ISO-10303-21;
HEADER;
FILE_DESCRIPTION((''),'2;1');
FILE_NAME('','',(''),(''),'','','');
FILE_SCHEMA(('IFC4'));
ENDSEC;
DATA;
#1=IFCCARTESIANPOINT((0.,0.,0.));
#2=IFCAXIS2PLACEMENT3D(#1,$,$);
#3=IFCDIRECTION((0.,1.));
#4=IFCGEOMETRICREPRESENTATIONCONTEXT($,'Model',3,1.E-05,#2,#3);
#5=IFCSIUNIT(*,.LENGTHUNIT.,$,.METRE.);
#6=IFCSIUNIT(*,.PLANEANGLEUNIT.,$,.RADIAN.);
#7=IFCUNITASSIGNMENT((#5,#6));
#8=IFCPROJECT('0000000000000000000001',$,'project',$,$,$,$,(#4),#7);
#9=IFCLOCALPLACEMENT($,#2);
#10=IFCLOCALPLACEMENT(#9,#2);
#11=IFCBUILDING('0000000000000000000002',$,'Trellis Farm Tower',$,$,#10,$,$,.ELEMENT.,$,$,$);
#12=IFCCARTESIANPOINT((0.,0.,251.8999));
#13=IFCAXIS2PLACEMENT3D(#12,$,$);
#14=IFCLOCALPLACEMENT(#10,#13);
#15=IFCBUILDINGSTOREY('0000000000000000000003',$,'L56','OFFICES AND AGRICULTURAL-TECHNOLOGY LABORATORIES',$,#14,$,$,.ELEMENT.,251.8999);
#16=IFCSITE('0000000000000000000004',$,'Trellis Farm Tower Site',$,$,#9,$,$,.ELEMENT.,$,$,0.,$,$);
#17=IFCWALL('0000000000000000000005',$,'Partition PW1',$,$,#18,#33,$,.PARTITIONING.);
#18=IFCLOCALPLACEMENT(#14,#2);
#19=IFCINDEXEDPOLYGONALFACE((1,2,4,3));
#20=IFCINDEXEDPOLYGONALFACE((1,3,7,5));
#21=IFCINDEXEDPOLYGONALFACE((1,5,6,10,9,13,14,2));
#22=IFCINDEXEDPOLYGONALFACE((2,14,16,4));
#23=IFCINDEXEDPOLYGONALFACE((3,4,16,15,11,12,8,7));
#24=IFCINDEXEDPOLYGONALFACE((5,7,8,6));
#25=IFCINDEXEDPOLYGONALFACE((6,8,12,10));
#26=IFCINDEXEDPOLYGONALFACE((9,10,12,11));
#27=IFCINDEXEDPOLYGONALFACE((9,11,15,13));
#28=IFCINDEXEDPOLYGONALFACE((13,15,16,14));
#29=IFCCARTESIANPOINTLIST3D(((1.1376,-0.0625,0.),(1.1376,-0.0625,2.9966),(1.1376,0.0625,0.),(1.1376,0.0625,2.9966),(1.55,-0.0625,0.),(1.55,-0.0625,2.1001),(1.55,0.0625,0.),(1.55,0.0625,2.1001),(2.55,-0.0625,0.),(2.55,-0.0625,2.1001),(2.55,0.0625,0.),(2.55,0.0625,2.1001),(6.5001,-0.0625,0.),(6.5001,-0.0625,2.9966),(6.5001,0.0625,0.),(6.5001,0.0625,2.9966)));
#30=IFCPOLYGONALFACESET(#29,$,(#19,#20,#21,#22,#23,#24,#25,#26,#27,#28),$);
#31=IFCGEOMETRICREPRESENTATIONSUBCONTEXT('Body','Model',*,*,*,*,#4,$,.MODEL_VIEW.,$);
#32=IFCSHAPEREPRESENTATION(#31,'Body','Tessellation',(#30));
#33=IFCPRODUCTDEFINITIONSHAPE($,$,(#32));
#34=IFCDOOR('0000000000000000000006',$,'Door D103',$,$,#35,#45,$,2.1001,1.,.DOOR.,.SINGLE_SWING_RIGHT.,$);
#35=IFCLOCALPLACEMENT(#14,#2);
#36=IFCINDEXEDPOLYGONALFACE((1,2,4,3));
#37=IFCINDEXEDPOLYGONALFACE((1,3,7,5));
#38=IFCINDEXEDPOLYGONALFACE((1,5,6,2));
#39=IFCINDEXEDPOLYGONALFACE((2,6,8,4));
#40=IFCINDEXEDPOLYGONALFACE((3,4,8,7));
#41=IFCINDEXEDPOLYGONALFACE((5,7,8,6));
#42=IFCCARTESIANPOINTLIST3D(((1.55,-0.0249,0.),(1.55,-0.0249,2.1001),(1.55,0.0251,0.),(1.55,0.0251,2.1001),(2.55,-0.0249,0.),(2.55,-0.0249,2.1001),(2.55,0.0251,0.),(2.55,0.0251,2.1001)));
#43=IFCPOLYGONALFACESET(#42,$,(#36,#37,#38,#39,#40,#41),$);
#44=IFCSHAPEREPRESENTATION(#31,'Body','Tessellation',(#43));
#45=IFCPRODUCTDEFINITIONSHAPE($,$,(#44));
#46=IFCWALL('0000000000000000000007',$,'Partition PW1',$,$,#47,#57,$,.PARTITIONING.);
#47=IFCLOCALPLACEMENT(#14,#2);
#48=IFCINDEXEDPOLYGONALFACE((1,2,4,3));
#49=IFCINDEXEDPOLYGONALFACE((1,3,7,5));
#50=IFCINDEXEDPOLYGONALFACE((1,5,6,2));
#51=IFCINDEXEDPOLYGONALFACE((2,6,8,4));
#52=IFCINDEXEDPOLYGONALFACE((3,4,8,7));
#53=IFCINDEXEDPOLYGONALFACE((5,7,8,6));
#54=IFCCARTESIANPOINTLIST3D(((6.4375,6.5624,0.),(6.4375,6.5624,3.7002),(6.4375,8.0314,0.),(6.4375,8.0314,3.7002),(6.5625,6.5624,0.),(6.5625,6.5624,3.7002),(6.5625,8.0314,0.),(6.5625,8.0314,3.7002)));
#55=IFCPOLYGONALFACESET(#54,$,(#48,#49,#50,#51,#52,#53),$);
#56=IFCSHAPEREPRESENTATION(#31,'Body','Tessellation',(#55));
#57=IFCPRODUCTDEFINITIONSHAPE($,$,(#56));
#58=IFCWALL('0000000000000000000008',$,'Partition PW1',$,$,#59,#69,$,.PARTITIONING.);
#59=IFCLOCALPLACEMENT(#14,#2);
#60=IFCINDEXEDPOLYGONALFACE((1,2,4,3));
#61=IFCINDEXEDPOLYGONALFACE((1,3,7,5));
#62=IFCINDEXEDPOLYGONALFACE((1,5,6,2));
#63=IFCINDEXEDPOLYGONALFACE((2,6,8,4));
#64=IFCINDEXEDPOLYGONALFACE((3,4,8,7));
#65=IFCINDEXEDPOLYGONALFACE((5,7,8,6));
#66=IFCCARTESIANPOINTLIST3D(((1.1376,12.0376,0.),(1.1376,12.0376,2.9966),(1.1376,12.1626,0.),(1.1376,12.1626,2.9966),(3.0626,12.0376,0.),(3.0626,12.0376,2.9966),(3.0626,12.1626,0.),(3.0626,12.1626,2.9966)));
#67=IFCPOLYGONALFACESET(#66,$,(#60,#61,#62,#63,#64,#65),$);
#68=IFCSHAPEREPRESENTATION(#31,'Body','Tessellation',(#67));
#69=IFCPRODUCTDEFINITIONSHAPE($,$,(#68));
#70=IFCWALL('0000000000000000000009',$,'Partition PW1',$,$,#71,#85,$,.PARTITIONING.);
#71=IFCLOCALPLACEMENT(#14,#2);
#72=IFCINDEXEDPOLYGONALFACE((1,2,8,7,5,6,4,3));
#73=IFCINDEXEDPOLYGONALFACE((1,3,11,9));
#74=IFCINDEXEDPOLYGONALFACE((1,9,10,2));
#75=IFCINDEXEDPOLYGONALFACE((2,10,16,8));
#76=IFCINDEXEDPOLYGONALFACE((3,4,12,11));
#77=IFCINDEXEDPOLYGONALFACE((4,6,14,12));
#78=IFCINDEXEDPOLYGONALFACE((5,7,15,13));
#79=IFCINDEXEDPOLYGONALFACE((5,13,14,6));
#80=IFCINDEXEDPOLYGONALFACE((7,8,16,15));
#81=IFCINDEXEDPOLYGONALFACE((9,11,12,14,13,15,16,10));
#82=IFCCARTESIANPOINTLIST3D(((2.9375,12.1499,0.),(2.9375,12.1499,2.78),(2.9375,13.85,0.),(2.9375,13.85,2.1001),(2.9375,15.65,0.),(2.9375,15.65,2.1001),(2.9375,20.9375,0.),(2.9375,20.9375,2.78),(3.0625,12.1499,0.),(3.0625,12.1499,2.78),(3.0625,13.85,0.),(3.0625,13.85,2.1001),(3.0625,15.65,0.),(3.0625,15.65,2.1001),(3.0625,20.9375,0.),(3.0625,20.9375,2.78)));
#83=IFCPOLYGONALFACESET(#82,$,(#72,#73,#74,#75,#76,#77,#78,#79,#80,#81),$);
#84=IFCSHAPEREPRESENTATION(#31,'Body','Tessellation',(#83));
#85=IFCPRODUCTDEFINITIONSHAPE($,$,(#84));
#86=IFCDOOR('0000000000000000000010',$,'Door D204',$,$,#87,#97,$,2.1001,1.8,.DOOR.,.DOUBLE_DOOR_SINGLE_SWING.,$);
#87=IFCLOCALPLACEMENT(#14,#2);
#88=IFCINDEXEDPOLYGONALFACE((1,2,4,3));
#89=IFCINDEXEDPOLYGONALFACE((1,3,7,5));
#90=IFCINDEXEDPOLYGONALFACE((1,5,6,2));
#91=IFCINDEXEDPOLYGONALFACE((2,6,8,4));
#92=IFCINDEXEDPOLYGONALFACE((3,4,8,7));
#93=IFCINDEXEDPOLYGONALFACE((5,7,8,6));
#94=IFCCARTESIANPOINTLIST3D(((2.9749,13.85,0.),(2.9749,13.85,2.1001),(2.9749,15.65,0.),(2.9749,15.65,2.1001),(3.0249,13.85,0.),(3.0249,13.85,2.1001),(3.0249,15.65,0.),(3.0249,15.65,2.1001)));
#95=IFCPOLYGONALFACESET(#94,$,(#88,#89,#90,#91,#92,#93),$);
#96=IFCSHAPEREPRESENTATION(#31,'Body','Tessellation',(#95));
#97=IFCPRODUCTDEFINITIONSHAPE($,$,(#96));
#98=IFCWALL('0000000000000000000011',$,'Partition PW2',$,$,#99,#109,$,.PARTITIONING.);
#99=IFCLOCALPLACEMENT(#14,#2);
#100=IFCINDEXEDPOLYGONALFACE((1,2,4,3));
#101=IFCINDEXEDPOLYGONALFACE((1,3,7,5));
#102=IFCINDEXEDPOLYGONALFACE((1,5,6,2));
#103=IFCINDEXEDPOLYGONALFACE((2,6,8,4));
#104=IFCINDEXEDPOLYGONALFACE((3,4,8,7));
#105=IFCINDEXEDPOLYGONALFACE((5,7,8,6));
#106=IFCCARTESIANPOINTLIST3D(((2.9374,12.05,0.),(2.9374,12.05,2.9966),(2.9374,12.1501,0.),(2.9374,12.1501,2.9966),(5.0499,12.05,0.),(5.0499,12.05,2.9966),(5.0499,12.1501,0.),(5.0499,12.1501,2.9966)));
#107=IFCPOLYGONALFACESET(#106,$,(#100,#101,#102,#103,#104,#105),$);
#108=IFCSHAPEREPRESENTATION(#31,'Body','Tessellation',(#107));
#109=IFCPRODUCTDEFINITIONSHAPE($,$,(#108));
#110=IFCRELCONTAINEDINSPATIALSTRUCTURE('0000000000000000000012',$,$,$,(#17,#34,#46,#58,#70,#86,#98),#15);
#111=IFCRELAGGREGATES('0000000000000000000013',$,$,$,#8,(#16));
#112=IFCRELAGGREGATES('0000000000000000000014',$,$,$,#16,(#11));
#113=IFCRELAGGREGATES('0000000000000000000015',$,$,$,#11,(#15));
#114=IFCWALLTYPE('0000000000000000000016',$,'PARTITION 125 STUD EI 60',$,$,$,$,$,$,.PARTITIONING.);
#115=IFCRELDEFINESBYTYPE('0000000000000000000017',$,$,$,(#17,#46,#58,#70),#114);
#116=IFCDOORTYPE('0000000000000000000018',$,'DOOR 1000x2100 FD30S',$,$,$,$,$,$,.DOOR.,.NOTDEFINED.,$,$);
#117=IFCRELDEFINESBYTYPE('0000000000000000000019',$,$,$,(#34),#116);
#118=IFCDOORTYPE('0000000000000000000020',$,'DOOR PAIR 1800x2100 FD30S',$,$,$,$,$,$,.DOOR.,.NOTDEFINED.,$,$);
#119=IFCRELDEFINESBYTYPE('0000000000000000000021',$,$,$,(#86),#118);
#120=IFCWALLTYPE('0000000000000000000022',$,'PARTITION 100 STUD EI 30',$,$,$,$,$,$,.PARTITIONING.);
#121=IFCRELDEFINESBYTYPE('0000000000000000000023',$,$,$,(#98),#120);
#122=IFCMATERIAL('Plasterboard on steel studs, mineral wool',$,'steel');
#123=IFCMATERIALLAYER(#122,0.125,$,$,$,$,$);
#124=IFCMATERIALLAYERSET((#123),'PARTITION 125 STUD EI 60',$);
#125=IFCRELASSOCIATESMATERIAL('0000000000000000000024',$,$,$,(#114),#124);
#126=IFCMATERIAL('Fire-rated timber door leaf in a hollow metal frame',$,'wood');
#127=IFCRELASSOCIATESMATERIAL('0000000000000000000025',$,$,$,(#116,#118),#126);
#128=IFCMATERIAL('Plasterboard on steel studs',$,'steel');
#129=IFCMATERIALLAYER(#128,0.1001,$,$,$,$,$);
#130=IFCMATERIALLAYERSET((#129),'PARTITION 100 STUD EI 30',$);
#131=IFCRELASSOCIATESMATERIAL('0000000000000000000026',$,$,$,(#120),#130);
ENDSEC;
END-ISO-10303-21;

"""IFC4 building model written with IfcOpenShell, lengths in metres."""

from ifc_helpers import new_model, si_unit, direction, frame, frame_2d, origin, place, context, subcontext, project, spatial, rectangle, extrude, source, transform, mapped, material, layer, layer_set, type_object, element, fill, save


model = new_model("IFC4")

# Units and contexts
model_context = context("Model", 3, precision=1e-05, world=origin(), true_north=direction((0.0, 1.0)))
body_context = subcontext(model_context, "Body", "Model", "MODEL_VIEW")
ifc_project = project(units=[si_unit("LENGTHUNIT", "METRE"), si_unit("PLANEANGLEUNIT", "RADIAN")], contexts=[model_context])

# Site, building, storey
site_placement = place(None, origin())
site = spatial("IfcSite", under=ifc_project, at=site_placement, Name="Trellis Farm Tower Site", CompositionType="ELEMENT", RefElevation=0.0)
building_placement = place(site_placement, origin())
building = spatial("IfcBuilding", under=site, at=building_placement, Name="Trellis Farm Tower", CompositionType="ELEMENT")
storey_placement = place(building_placement, frame((0.0, 0.0, 251.8999)))
storey = spatial("IfcBuildingStorey", under=building, at=storey_placement, Name="L56", Description="OFFICES AND AGRICULTURAL-TECHNOLOGY LABORATORIES", CompositionType="ELEMENT", Elevation=251.8999)

# Wall, opening, door
ifc_material_1 = material(Name="Plasterboard on steel studs, mineral wool", Category="steel")
ifc_layer_1 = layer(ifc_material_1, 0.125)
ifc_layer_set_1 = layer_set([ifc_layer_1], Name="PARTITION 125 STUD EI 60")
wall_type_1 = type_object("IfcWallType", Name="PARTITION 125 STUD EI 60", PredefinedType="PARTITIONING", material=ifc_layer_set_1)
shared_shape_1 = source(origin(), body_context, "Body", "SweptSolid", [
    extrude(rectangle(XDim=5.3625, YDim=0.125, at=frame_2d((2.6812, 0.0))), origin(), (0.0, 0.0, 1.0), 2.9966),
])
wall_1_placement = place(storey_placement, frame((6.5, 0.0, 0.0), z_axis=(0.0, 0.0, 1.0), x_axis=(-1.0, 0.0, 0.0)))
wall_1 = element("IfcWall", 1, at=wall_1_placement, inside=storey, type_object=wall_type_1, Name="Partition PW1", PredefinedType="PARTITIONING", context=body_context, shape_type="MappedRepresentation", body=[
    mapped(shared_shape_1, transform((0.0, 0.0, 0.0))),
])
shared_shape_2 = source(origin(), body_context, "Body", "SweptSolid", [
    extrude(rectangle(XDim=1.0, YDim=2.1001, at=frame_2d((0.5, 1.05))), frame((0.0, 0.0725, 0.0), z_axis=(0.0, -1.0, 0.0), x_axis=(1.0, 0.0, 0.0)), (0.0, 0.0, 1.0), 0.145),
])
opening_1_placement = place(wall_1_placement, frame((3.95, 0.0, 0.0)))
opening_1 = element("IfcOpeningElement", 2, at=opening_1_placement, cuts=wall_1, PredefinedType="OPENING", context=body_context, shape_type="MappedRepresentation", body=[
    mapped(shared_shape_2, transform((0.0, 0.0, 0.0))),
])
ifc_material_2 = material(Name="Fire-rated timber door leaf in a hollow metal frame", Category="wood")
door_type_1 = type_object("IfcDoorType", Name="DOOR 1000x2100 FD30S", OperationType="NOTDEFINED", PredefinedType="DOOR", material=ifc_material_2)
shared_shape_3 = source(origin(), body_context, "Body", "SweptSolid", [
    extrude(rectangle(XDim=1.0, YDim=2.1001, at=frame_2d((0.5, 1.05))), frame((0.0, 0.0249, 0.0), z_axis=(0.0, -1.0, 0.0), x_axis=(1.0, 0.0, 0.0)), (0.0, 0.0, 1.0), 0.05),
])
door_1_placement = place(opening_1_placement, origin())
door_1 = element("IfcDoor", 3, at=door_1_placement, inside=storey, type_object=door_type_1, Name="Door D103", OperationType="SINGLE_SWING_RIGHT", OverallHeight=2.1001, OverallWidth=1.0, PredefinedType="DOOR", context=body_context, shape_type="MappedRepresentation", body=[
    mapped(shared_shape_3, transform((0.0, 0.0, 0.0))),
])
fill(opening_1, door_1)

# Walls
shared_shape_4 = source(origin(), body_context, "Body", "SweptSolid", [
    extrude(rectangle(XDim=1.469, YDim=0.125, at=frame_2d((0.7344, 0.0))), origin(), (0.0, 0.0, 1.0), 3.7002),
])
wall_2_placement = place(storey_placement, frame((6.5, 6.5625, 0.0), z_axis=(0.0, 0.0, 1.0), x_axis=(0.0, 1.0, 0.0)))
element("IfcWall", 4, at=wall_2_placement, inside=storey, type_object=wall_type_1, Name="Partition PW1", PredefinedType="PARTITIONING", context=body_context, shape_type="MappedRepresentation", body=[
    mapped(shared_shape_4, transform((0.0, 0.0, 0.0))),
])
shared_shape_5 = source(origin(), body_context, "Body", "SweptSolid", [
    extrude(rectangle(XDim=1.925, YDim=0.125, at=frame_2d((0.9624, 0.0))), origin(), (0.0, 0.0, 1.0), 2.9966),
])
wall_3_placement = place(storey_placement, frame((3.0625, 12.1001, 0.0), z_axis=(0.0, 0.0, 1.0), x_axis=(-1.0, 0.0, 0.0)))
element("IfcWall", 5, at=wall_3_placement, inside=storey, type_object=wall_type_1, Name="Partition PW1", PredefinedType="PARTITIONING", context=body_context, shape_type="MappedRepresentation", body=[
    mapped(shared_shape_5, transform((0.0, 0.0, 0.0))),
])

# Wall, opening, door
shared_shape_6 = source(origin(), body_context, "Body", "SweptSolid", [
    extrude(rectangle(XDim=8.7876, YDim=0.125, at=frame_2d((4.3938, 0.0))), origin(), (0.0, 0.0, 1.0), 2.78),
])
wall_4_placement = place(storey_placement, frame((3.0, 20.9375, 0.0), z_axis=(0.0, 0.0, 1.0), x_axis=(0.0, -1.0, 0.0)))
wall_4 = element("IfcWall", 6, at=wall_4_placement, inside=storey, type_object=wall_type_1, Name="Partition PW1", PredefinedType="PARTITIONING", context=body_context, shape_type="MappedRepresentation", body=[
    mapped(shared_shape_6, transform((0.0, 0.0, 0.0))),
])
shared_shape_7 = source(origin(), body_context, "Body", "SweptSolid", [
    extrude(rectangle(XDim=1.8, YDim=2.1001, at=frame_2d((0.8999, 1.05))), frame((0.0, 0.0725, 0.0), z_axis=(0.0, -1.0, 0.0), x_axis=(1.0, 0.0, 0.0)), (0.0, 0.0, 1.0), 0.145),
])
opening_2_placement = place(wall_4_placement, frame((5.2876, 0.0, 0.0)))
opening_2 = element("IfcOpeningElement", 7, at=opening_2_placement, cuts=wall_4, PredefinedType="OPENING", context=body_context, shape_type="MappedRepresentation", body=[
    mapped(shared_shape_7, transform((0.0, 0.0, 0.0))),
])
door_type_2 = type_object("IfcDoorType", Name="DOOR PAIR 1800x2100 FD30S", OperationType="NOTDEFINED", PredefinedType="DOOR", material=ifc_material_2)
shared_shape_8 = source(origin(), body_context, "Body", "SweptSolid", [
    extrude(rectangle(XDim=1.8, YDim=2.1001, at=frame_2d((0.8999, 1.05))), frame((0.0, 0.0249, 0.0), z_axis=(0.0, -1.0, 0.0), x_axis=(1.0, 0.0, 0.0)), (0.0, 0.0, 1.0), 0.05),
])
door_2_placement = place(opening_2_placement, origin())
door_2 = element("IfcDoor", 8, at=door_2_placement, inside=storey, type_object=door_type_2, Name="Door D204", OperationType="DOUBLE_DOOR_SINGLE_SWING", OverallHeight=2.1001, OverallWidth=1.8, PredefinedType="DOOR", context=body_context, shape_type="MappedRepresentation", body=[
    mapped(shared_shape_8, transform((0.0, 0.0, 0.0))),
])
fill(opening_2, door_2)

# Wall
ifc_material_3 = material(Name="Plasterboard on steel studs", Category="steel")
ifc_layer_2 = layer(ifc_material_3, 0.1001)
ifc_layer_set_2 = layer_set([ifc_layer_2], Name="PARTITION 100 STUD EI 30")
wall_type_2 = type_object("IfcWallType", Name="PARTITION 100 STUD EI 30", PredefinedType="PARTITIONING", material=ifc_layer_set_2)
shared_shape_9 = source(origin(), body_context, "Body", "SweptSolid", [
    extrude(rectangle(XDim=2.1125, YDim=0.1001, at=frame_2d((1.0562, 0.0))), origin(), (0.0, 0.0, 1.0), 2.9966),
])
wall_5_placement = place(storey_placement, frame((2.9375, 12.1001, 0.0), z_axis=(0.0, 0.0, 1.0), x_axis=(1.0, 0.0, 0.0)))
element("IfcWall", 9, at=wall_5_placement, inside=storey, type_object=wall_type_2, Name="Partition PW2", PredefinedType="PARTITIONING", context=body_context, shape_type="MappedRepresentation", body=[
    mapped(shared_shape_9, transform((0.0, 0.0, 0.0))),
])

save(model, "model.ifc")
